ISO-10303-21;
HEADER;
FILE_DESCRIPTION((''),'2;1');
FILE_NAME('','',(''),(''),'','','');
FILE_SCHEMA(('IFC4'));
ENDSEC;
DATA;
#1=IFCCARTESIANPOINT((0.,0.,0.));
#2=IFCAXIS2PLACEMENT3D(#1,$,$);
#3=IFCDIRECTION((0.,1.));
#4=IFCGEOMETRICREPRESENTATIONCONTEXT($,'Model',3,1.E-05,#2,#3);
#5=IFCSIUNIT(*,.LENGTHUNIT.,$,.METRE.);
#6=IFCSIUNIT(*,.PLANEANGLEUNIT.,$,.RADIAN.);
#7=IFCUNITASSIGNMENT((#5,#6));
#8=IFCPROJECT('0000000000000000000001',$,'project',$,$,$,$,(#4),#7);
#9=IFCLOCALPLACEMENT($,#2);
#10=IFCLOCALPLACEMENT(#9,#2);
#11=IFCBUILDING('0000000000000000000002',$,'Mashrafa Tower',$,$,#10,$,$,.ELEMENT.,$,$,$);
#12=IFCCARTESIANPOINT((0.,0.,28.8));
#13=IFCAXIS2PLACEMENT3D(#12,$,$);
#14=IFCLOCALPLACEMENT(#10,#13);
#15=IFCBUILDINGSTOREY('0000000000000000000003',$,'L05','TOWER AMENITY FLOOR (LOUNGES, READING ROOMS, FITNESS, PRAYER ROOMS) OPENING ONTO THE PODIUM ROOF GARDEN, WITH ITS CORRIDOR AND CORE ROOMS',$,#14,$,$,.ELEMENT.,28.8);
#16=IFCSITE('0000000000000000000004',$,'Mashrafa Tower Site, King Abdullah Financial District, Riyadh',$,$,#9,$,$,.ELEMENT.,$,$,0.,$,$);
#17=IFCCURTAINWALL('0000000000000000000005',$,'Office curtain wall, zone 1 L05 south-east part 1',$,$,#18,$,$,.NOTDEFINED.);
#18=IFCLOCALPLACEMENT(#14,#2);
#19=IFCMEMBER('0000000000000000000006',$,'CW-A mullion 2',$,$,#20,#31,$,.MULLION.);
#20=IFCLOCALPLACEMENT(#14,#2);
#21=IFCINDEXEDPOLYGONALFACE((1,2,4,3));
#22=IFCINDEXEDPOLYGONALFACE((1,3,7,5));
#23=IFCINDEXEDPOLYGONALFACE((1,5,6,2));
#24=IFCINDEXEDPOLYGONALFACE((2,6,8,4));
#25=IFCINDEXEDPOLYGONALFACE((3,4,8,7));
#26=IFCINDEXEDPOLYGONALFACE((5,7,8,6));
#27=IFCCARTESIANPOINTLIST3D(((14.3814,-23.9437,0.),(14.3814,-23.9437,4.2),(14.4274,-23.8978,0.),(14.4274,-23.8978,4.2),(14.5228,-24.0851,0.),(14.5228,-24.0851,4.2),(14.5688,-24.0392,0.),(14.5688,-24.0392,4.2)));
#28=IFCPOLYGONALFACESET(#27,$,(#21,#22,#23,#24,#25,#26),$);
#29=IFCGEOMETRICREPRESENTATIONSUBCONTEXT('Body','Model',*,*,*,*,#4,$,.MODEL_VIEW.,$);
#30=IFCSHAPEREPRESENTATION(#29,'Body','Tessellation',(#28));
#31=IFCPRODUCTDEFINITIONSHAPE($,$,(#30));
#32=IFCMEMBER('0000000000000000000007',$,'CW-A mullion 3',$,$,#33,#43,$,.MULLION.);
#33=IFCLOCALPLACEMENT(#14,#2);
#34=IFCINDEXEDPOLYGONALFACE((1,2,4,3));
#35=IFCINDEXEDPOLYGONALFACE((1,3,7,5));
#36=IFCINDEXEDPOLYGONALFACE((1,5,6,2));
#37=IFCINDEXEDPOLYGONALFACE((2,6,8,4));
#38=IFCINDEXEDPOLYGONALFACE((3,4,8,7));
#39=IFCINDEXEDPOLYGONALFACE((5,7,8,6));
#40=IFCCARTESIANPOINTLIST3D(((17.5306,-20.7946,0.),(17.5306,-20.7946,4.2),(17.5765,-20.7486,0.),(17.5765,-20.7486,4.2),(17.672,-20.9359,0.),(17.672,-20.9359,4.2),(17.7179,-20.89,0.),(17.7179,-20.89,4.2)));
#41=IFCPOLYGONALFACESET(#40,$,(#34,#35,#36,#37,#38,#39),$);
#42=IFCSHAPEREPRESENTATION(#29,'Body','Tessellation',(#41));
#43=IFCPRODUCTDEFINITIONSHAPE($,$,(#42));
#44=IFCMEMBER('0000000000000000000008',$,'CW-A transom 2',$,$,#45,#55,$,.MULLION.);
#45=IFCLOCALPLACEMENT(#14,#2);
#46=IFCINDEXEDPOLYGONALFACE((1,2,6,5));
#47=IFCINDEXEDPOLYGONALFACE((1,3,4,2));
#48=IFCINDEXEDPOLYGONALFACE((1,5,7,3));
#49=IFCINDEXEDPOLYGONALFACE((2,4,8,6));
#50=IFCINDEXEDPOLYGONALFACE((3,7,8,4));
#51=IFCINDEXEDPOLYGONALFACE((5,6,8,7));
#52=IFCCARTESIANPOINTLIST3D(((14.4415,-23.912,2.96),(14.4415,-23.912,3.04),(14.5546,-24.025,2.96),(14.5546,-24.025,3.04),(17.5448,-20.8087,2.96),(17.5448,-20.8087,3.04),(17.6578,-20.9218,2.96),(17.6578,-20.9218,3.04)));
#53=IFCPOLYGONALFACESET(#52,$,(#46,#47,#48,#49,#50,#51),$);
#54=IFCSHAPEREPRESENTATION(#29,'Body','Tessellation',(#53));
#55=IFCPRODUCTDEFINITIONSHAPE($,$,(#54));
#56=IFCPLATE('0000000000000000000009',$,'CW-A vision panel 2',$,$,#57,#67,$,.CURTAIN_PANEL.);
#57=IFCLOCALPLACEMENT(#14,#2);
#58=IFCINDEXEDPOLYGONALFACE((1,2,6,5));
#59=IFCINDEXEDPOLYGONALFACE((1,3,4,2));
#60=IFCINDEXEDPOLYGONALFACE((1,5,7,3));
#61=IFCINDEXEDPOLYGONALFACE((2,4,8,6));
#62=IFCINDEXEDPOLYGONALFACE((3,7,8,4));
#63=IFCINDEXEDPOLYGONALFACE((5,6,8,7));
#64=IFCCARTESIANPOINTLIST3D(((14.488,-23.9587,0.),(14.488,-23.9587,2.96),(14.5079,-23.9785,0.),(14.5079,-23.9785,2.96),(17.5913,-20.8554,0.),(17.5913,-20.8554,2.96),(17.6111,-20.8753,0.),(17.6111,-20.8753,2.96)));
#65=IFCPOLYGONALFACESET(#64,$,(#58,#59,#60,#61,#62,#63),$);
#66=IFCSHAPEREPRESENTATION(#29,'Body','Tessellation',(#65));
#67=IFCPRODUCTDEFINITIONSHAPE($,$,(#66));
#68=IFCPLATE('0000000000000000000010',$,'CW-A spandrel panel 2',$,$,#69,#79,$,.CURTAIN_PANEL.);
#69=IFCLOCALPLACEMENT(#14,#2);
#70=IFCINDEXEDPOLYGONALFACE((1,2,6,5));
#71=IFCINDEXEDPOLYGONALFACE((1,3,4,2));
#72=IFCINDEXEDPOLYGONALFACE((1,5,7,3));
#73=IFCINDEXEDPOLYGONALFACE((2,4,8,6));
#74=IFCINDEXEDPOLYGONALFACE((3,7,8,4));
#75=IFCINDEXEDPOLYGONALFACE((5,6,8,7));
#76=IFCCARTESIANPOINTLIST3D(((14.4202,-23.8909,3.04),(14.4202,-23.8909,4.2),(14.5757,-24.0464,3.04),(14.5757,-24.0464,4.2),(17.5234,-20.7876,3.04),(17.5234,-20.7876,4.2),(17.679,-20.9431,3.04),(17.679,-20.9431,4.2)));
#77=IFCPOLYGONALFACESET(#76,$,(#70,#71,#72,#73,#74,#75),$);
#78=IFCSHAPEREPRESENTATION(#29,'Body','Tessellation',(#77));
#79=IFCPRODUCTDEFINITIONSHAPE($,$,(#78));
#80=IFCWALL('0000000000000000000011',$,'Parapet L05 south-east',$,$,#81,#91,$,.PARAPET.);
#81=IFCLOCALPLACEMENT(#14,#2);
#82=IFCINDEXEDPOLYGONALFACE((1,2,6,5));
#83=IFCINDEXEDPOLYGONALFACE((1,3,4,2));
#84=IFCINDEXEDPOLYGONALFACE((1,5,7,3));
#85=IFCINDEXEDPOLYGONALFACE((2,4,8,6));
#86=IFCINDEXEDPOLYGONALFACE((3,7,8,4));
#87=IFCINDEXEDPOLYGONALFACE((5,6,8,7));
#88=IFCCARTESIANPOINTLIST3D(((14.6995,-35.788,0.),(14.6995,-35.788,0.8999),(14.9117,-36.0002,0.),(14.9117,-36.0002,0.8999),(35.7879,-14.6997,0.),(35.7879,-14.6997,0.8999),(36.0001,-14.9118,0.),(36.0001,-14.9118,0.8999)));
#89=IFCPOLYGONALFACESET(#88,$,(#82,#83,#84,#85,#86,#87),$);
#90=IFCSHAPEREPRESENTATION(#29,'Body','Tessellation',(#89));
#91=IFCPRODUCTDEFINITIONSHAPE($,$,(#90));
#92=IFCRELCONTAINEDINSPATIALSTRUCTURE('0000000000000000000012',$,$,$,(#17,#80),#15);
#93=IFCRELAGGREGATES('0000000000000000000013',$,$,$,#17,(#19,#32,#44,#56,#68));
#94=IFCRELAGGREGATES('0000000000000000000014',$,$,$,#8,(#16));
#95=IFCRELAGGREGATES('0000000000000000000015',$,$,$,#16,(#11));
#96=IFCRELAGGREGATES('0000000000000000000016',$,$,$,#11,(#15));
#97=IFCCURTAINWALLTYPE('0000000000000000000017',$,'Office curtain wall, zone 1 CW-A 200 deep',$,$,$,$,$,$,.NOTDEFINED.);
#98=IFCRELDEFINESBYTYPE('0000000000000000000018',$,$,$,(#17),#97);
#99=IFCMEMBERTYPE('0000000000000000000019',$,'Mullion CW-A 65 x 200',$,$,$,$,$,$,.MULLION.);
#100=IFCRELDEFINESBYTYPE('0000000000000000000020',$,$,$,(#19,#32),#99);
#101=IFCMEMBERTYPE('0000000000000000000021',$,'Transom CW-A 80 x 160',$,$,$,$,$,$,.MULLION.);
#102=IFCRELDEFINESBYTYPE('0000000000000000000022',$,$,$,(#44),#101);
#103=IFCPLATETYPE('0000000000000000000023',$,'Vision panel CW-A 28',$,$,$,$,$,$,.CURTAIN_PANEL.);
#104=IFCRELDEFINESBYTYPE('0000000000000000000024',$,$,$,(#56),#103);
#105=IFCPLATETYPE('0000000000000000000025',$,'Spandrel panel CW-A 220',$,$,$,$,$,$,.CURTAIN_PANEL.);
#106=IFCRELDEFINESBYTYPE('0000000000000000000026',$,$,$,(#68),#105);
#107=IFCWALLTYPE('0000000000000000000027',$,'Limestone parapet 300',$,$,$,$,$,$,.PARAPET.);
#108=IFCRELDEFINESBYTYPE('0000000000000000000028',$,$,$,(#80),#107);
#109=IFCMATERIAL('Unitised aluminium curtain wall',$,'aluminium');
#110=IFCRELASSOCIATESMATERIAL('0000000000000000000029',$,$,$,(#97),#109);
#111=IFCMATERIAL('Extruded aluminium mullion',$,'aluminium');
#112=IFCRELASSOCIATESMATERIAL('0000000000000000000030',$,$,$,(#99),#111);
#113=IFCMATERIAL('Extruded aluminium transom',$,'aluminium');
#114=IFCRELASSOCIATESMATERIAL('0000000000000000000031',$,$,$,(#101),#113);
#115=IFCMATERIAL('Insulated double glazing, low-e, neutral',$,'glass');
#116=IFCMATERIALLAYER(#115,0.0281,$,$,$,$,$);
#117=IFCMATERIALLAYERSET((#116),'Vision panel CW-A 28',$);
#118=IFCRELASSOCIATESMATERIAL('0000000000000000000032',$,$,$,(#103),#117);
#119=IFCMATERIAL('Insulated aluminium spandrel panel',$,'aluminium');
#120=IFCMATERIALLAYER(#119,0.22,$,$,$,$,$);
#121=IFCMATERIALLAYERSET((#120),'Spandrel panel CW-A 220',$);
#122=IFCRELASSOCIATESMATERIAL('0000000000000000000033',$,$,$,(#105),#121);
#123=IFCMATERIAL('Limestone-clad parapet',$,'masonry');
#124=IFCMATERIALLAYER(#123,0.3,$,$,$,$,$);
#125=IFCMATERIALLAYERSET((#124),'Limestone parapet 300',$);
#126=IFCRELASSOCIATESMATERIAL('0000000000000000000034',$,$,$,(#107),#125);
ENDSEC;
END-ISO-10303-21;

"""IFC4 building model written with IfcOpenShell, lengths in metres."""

from ifc_helpers import new_model, si_unit, direction, frame, frame_2d, origin, origin_2d, place, context, subcontext, project, spatial, rectangle, extrude, source, transform, mapped, material, layer, layer_set, material_profile, profile_set, type_object, type_shapes, element, aggregate, save


model = new_model("IFC4")

# Units and contexts
model_context = context("Model", 3, precision=1e-05, world=origin(), true_north=direction((0.0, 1.0)))
body_context = subcontext(model_context, "Body", "Model", "MODEL_VIEW")
ifc_project = project(units=[si_unit("LENGTHUNIT", "METRE"), si_unit("PLANEANGLEUNIT", "RADIAN")], contexts=[model_context])

# Site, building, storey
site_placement = place(None, origin())
site = spatial("IfcSite", under=ifc_project, at=site_placement, Name="Mashrafa Tower Site, King Abdullah Financial District, Riyadh", CompositionType="ELEMENT", RefElevation=0.0)
building_placement = place(site_placement, origin())
building = spatial("IfcBuilding", under=site, at=building_placement, Name="Mashrafa Tower", CompositionType="ELEMENT")
storey_placement = place(building_placement, frame((0.0, 0.0, 28.8)))
storey = spatial("IfcBuildingStorey", under=building, at=storey_placement, Name="L05", Description="TOWER AMENITY FLOOR (LOUNGES, READING ROOMS, FITNESS, PRAYER ROOMS) OPENING ONTO THE PODIUM ROOF GARDEN, WITH ITS CORRIDOR AND CORE ROOMS", CompositionType="ELEMENT", Elevation=28.8)

# Curtain wall, members, plates
ifc_material_1 = material(Name="Unitised aluminium curtain wall", Category="aluminium")
curtain_wall_type = type_object("IfcCurtainWallType", Name="Office curtain wall, zone 1 CW-A 200 deep", PredefinedType="NOTDEFINED", material=ifc_material_1)
curtain_wall_placement = place(storey_placement, origin())
curtain_wall = element("IfcCurtainWall", 1, at=curtain_wall_placement, inside=storey, type_object=curtain_wall_type, Name="Office curtain wall, zone 1 L05 south-east part 1", PredefinedType="NOTDEFINED")
ifc_material_2 = material(Name="Extruded aluminium mullion", Category="aluminium")
ifc_material_profile_1 = material_profile(ifc_material_2, rectangle(XDim=0.2, YDim=0.0649, at=origin_2d()), Name="Mullion 65x200")
ifc_profile_set_1 = profile_set([ifc_material_profile_1], Name="Extruded aluminium mullion")
member_type_1 = type_object("IfcMemberType", Name="Mullion CW-A 65 x 200", PredefinedType="MULLION", material=ifc_profile_set_1)
shared_shape_1 = source(origin(), body_context, "Body", "SweptSolid", [
    extrude(rectangle(XDim=0.2, YDim=0.0649, at=origin_2d()), origin(), (0.0, 0.0, 1.0), 4.2),
])
type_shapes(member_type_1, [shared_shape_1])
member_1_placement = place(storey_placement, frame((14.4751, -23.9915, 0.0), z_axis=(0.0, 0.0, 1.0), x_axis=(-0.707107, 0.707107, 0.0)))
member_1 = element("IfcMember", 2, at=member_1_placement, type_object=member_type_1, Name="CW-A mullion 2", PredefinedType="MULLION", context=body_context, shape_type="MappedRepresentation", body=[
    mapped(shared_shape_1, transform((0.0, 0.0, 0.0))),
])
member_2_placement = place(storey_placement, frame((17.6243, -20.8423, 0.0), z_axis=(0.0, 0.0, 1.0), x_axis=(-0.707107, 0.707107, 0.0)))
member_2 = element("IfcMember", 3, at=member_2_placement, type_object=member_type_1, Name="CW-A mullion 3", PredefinedType="MULLION", context=body_context, shape_type="MappedRepresentation", body=[
    mapped(shared_shape_1, transform((0.0, 0.0, 0.0))),
])
ifc_material_3 = material(Name="Extruded aluminium transom", Category="aluminium")
ifc_material_profile_2 = material_profile(ifc_material_3, rectangle(XDim=0.1599, YDim=0.0801, at=origin_2d()), Name="Transom 80x160")
ifc_profile_set_2 = profile_set([ifc_material_profile_2], Name="Extruded aluminium transom")
member_type_2 = type_object("IfcMemberType", Name="Transom CW-A 80 x 160", PredefinedType="MULLION", material=ifc_profile_set_2)
shared_shape_2 = source(origin(), body_context, "Body", "SweptSolid", [
    extrude(rectangle(XDim=0.1599, YDim=0.0801, at=origin_2d()), origin(), (0.0, 0.0, 1.0), 4.3887),
])
type_shapes(member_type_2, [shared_shape_2])
member_3_placement = place(storey_placement, frame((14.498, -23.9685, 3.0), z_axis=(0.707107, 0.707107, 0.0), x_axis=(-0.707107, 0.707107, 0.0)))
member_3 = element("IfcMember", 4, at=member_3_placement, type_object=member_type_2, Name="CW-A transom 2", PredefinedType="MULLION", context=body_context, shape_type="MappedRepresentation", body=[
    mapped(shared_shape_2, transform((0.0, 0.0, 0.0))),
])
ifc_material_4 = material(Name="Insulated double glazing, low-e, neutral", Category="glass")
ifc_layer_1 = layer(ifc_material_4, 0.0281)
ifc_layer_set_1 = layer_set([ifc_layer_1], Name="Vision panel CW-A 28")
plate_type_1 = type_object("IfcPlateType", Name="Vision panel CW-A 28", PredefinedType="CURTAIN_PANEL", material=ifc_layer_set_1)
shared_shape_3 = source(origin(), body_context, "Body", "SweptSolid", [
    extrude(rectangle(XDim=4.3887, YDim=0.0281, at=origin_2d()), origin(), (0.0, 0.0, 1.0), 2.96),
])
type_shapes(plate_type_1, [shared_shape_3])
plate_1_placement = place(storey_placement, frame((16.0496, -22.417, 0.0), z_axis=(0.0, 0.0, 1.0), x_axis=(0.707107, 0.707107, 0.0)))
plate_1 = element("IfcPlate", 5, at=plate_1_placement, type_object=plate_type_1, Name="CW-A vision panel 2", PredefinedType="CURTAIN_PANEL", context=body_context, shape_type="MappedRepresentation", body=[
    mapped(shared_shape_3, transform((0.0, 0.0, 0.0))),
])
ifc_material_5 = material(Name="Insulated aluminium spandrel panel", Category="aluminium")
ifc_layer_2 = layer(ifc_material_5, 0.22)
ifc_layer_set_2 = layer_set([ifc_layer_2], Name="Spandrel panel CW-A 220")
plate_type_2 = type_object("IfcPlateType", Name="Spandrel panel CW-A 220", PredefinedType="CURTAIN_PANEL", material=ifc_layer_set_2)
shared_shape_4 = source(origin(), body_context, "Body", "SweptSolid", [
    extrude(rectangle(XDim=4.3887, YDim=0.22, at=origin_2d()), origin(), (0.0, 0.0, 1.0), 1.1599),
])
type_shapes(plate_type_2, [shared_shape_4])
plate_2_placement = place(storey_placement, frame((16.0496, -22.417, 3.04), z_axis=(0.0, 0.0, 1.0), x_axis=(0.707107, 0.707107, 0.0)))
plate_2 = element("IfcPlate", 6, at=plate_2_placement, type_object=plate_type_2, Name="CW-A spandrel panel 2", PredefinedType="CURTAIN_PANEL", context=body_context, shape_type="MappedRepresentation", body=[
    mapped(shared_shape_4, transform((0.0, 0.0, 0.0))),
])
aggregate(curtain_wall, [member_1, member_2, member_3, plate_1, plate_2])

# Wall
ifc_material_6 = material(Name="Limestone-clad parapet", Category="masonry")
ifc_layer_3 = layer(ifc_material_6, 0.3)
ifc_layer_set_3 = layer_set([ifc_layer_3], Name="Limestone parapet 300")
wall_type_1 = type_object("IfcWallType", Name="Limestone parapet 300", PredefinedType="PARAPET", material=ifc_layer_set_3)
wall_1_placement = place(storey_placement, frame((14.8057, -35.894, 0.0), z_axis=(0.0, 0.0, 1.0), x_axis=(0.707107, 0.707107, 0.0)))
element("IfcWall", 7, at=wall_1_placement, inside=storey, type_object=wall_type_1, Name="Parapet L05 south-east", PredefinedType="PARAPET", context=body_context, shape_type="SweptSolid", body=[
    extrude(rectangle(XDim=29.8235, YDim=0.3, at=frame_2d((14.9116, 0.0))), origin(), (0.0, 0.0, 1.0), 0.8999),
])

save(model, "model.ifc")
